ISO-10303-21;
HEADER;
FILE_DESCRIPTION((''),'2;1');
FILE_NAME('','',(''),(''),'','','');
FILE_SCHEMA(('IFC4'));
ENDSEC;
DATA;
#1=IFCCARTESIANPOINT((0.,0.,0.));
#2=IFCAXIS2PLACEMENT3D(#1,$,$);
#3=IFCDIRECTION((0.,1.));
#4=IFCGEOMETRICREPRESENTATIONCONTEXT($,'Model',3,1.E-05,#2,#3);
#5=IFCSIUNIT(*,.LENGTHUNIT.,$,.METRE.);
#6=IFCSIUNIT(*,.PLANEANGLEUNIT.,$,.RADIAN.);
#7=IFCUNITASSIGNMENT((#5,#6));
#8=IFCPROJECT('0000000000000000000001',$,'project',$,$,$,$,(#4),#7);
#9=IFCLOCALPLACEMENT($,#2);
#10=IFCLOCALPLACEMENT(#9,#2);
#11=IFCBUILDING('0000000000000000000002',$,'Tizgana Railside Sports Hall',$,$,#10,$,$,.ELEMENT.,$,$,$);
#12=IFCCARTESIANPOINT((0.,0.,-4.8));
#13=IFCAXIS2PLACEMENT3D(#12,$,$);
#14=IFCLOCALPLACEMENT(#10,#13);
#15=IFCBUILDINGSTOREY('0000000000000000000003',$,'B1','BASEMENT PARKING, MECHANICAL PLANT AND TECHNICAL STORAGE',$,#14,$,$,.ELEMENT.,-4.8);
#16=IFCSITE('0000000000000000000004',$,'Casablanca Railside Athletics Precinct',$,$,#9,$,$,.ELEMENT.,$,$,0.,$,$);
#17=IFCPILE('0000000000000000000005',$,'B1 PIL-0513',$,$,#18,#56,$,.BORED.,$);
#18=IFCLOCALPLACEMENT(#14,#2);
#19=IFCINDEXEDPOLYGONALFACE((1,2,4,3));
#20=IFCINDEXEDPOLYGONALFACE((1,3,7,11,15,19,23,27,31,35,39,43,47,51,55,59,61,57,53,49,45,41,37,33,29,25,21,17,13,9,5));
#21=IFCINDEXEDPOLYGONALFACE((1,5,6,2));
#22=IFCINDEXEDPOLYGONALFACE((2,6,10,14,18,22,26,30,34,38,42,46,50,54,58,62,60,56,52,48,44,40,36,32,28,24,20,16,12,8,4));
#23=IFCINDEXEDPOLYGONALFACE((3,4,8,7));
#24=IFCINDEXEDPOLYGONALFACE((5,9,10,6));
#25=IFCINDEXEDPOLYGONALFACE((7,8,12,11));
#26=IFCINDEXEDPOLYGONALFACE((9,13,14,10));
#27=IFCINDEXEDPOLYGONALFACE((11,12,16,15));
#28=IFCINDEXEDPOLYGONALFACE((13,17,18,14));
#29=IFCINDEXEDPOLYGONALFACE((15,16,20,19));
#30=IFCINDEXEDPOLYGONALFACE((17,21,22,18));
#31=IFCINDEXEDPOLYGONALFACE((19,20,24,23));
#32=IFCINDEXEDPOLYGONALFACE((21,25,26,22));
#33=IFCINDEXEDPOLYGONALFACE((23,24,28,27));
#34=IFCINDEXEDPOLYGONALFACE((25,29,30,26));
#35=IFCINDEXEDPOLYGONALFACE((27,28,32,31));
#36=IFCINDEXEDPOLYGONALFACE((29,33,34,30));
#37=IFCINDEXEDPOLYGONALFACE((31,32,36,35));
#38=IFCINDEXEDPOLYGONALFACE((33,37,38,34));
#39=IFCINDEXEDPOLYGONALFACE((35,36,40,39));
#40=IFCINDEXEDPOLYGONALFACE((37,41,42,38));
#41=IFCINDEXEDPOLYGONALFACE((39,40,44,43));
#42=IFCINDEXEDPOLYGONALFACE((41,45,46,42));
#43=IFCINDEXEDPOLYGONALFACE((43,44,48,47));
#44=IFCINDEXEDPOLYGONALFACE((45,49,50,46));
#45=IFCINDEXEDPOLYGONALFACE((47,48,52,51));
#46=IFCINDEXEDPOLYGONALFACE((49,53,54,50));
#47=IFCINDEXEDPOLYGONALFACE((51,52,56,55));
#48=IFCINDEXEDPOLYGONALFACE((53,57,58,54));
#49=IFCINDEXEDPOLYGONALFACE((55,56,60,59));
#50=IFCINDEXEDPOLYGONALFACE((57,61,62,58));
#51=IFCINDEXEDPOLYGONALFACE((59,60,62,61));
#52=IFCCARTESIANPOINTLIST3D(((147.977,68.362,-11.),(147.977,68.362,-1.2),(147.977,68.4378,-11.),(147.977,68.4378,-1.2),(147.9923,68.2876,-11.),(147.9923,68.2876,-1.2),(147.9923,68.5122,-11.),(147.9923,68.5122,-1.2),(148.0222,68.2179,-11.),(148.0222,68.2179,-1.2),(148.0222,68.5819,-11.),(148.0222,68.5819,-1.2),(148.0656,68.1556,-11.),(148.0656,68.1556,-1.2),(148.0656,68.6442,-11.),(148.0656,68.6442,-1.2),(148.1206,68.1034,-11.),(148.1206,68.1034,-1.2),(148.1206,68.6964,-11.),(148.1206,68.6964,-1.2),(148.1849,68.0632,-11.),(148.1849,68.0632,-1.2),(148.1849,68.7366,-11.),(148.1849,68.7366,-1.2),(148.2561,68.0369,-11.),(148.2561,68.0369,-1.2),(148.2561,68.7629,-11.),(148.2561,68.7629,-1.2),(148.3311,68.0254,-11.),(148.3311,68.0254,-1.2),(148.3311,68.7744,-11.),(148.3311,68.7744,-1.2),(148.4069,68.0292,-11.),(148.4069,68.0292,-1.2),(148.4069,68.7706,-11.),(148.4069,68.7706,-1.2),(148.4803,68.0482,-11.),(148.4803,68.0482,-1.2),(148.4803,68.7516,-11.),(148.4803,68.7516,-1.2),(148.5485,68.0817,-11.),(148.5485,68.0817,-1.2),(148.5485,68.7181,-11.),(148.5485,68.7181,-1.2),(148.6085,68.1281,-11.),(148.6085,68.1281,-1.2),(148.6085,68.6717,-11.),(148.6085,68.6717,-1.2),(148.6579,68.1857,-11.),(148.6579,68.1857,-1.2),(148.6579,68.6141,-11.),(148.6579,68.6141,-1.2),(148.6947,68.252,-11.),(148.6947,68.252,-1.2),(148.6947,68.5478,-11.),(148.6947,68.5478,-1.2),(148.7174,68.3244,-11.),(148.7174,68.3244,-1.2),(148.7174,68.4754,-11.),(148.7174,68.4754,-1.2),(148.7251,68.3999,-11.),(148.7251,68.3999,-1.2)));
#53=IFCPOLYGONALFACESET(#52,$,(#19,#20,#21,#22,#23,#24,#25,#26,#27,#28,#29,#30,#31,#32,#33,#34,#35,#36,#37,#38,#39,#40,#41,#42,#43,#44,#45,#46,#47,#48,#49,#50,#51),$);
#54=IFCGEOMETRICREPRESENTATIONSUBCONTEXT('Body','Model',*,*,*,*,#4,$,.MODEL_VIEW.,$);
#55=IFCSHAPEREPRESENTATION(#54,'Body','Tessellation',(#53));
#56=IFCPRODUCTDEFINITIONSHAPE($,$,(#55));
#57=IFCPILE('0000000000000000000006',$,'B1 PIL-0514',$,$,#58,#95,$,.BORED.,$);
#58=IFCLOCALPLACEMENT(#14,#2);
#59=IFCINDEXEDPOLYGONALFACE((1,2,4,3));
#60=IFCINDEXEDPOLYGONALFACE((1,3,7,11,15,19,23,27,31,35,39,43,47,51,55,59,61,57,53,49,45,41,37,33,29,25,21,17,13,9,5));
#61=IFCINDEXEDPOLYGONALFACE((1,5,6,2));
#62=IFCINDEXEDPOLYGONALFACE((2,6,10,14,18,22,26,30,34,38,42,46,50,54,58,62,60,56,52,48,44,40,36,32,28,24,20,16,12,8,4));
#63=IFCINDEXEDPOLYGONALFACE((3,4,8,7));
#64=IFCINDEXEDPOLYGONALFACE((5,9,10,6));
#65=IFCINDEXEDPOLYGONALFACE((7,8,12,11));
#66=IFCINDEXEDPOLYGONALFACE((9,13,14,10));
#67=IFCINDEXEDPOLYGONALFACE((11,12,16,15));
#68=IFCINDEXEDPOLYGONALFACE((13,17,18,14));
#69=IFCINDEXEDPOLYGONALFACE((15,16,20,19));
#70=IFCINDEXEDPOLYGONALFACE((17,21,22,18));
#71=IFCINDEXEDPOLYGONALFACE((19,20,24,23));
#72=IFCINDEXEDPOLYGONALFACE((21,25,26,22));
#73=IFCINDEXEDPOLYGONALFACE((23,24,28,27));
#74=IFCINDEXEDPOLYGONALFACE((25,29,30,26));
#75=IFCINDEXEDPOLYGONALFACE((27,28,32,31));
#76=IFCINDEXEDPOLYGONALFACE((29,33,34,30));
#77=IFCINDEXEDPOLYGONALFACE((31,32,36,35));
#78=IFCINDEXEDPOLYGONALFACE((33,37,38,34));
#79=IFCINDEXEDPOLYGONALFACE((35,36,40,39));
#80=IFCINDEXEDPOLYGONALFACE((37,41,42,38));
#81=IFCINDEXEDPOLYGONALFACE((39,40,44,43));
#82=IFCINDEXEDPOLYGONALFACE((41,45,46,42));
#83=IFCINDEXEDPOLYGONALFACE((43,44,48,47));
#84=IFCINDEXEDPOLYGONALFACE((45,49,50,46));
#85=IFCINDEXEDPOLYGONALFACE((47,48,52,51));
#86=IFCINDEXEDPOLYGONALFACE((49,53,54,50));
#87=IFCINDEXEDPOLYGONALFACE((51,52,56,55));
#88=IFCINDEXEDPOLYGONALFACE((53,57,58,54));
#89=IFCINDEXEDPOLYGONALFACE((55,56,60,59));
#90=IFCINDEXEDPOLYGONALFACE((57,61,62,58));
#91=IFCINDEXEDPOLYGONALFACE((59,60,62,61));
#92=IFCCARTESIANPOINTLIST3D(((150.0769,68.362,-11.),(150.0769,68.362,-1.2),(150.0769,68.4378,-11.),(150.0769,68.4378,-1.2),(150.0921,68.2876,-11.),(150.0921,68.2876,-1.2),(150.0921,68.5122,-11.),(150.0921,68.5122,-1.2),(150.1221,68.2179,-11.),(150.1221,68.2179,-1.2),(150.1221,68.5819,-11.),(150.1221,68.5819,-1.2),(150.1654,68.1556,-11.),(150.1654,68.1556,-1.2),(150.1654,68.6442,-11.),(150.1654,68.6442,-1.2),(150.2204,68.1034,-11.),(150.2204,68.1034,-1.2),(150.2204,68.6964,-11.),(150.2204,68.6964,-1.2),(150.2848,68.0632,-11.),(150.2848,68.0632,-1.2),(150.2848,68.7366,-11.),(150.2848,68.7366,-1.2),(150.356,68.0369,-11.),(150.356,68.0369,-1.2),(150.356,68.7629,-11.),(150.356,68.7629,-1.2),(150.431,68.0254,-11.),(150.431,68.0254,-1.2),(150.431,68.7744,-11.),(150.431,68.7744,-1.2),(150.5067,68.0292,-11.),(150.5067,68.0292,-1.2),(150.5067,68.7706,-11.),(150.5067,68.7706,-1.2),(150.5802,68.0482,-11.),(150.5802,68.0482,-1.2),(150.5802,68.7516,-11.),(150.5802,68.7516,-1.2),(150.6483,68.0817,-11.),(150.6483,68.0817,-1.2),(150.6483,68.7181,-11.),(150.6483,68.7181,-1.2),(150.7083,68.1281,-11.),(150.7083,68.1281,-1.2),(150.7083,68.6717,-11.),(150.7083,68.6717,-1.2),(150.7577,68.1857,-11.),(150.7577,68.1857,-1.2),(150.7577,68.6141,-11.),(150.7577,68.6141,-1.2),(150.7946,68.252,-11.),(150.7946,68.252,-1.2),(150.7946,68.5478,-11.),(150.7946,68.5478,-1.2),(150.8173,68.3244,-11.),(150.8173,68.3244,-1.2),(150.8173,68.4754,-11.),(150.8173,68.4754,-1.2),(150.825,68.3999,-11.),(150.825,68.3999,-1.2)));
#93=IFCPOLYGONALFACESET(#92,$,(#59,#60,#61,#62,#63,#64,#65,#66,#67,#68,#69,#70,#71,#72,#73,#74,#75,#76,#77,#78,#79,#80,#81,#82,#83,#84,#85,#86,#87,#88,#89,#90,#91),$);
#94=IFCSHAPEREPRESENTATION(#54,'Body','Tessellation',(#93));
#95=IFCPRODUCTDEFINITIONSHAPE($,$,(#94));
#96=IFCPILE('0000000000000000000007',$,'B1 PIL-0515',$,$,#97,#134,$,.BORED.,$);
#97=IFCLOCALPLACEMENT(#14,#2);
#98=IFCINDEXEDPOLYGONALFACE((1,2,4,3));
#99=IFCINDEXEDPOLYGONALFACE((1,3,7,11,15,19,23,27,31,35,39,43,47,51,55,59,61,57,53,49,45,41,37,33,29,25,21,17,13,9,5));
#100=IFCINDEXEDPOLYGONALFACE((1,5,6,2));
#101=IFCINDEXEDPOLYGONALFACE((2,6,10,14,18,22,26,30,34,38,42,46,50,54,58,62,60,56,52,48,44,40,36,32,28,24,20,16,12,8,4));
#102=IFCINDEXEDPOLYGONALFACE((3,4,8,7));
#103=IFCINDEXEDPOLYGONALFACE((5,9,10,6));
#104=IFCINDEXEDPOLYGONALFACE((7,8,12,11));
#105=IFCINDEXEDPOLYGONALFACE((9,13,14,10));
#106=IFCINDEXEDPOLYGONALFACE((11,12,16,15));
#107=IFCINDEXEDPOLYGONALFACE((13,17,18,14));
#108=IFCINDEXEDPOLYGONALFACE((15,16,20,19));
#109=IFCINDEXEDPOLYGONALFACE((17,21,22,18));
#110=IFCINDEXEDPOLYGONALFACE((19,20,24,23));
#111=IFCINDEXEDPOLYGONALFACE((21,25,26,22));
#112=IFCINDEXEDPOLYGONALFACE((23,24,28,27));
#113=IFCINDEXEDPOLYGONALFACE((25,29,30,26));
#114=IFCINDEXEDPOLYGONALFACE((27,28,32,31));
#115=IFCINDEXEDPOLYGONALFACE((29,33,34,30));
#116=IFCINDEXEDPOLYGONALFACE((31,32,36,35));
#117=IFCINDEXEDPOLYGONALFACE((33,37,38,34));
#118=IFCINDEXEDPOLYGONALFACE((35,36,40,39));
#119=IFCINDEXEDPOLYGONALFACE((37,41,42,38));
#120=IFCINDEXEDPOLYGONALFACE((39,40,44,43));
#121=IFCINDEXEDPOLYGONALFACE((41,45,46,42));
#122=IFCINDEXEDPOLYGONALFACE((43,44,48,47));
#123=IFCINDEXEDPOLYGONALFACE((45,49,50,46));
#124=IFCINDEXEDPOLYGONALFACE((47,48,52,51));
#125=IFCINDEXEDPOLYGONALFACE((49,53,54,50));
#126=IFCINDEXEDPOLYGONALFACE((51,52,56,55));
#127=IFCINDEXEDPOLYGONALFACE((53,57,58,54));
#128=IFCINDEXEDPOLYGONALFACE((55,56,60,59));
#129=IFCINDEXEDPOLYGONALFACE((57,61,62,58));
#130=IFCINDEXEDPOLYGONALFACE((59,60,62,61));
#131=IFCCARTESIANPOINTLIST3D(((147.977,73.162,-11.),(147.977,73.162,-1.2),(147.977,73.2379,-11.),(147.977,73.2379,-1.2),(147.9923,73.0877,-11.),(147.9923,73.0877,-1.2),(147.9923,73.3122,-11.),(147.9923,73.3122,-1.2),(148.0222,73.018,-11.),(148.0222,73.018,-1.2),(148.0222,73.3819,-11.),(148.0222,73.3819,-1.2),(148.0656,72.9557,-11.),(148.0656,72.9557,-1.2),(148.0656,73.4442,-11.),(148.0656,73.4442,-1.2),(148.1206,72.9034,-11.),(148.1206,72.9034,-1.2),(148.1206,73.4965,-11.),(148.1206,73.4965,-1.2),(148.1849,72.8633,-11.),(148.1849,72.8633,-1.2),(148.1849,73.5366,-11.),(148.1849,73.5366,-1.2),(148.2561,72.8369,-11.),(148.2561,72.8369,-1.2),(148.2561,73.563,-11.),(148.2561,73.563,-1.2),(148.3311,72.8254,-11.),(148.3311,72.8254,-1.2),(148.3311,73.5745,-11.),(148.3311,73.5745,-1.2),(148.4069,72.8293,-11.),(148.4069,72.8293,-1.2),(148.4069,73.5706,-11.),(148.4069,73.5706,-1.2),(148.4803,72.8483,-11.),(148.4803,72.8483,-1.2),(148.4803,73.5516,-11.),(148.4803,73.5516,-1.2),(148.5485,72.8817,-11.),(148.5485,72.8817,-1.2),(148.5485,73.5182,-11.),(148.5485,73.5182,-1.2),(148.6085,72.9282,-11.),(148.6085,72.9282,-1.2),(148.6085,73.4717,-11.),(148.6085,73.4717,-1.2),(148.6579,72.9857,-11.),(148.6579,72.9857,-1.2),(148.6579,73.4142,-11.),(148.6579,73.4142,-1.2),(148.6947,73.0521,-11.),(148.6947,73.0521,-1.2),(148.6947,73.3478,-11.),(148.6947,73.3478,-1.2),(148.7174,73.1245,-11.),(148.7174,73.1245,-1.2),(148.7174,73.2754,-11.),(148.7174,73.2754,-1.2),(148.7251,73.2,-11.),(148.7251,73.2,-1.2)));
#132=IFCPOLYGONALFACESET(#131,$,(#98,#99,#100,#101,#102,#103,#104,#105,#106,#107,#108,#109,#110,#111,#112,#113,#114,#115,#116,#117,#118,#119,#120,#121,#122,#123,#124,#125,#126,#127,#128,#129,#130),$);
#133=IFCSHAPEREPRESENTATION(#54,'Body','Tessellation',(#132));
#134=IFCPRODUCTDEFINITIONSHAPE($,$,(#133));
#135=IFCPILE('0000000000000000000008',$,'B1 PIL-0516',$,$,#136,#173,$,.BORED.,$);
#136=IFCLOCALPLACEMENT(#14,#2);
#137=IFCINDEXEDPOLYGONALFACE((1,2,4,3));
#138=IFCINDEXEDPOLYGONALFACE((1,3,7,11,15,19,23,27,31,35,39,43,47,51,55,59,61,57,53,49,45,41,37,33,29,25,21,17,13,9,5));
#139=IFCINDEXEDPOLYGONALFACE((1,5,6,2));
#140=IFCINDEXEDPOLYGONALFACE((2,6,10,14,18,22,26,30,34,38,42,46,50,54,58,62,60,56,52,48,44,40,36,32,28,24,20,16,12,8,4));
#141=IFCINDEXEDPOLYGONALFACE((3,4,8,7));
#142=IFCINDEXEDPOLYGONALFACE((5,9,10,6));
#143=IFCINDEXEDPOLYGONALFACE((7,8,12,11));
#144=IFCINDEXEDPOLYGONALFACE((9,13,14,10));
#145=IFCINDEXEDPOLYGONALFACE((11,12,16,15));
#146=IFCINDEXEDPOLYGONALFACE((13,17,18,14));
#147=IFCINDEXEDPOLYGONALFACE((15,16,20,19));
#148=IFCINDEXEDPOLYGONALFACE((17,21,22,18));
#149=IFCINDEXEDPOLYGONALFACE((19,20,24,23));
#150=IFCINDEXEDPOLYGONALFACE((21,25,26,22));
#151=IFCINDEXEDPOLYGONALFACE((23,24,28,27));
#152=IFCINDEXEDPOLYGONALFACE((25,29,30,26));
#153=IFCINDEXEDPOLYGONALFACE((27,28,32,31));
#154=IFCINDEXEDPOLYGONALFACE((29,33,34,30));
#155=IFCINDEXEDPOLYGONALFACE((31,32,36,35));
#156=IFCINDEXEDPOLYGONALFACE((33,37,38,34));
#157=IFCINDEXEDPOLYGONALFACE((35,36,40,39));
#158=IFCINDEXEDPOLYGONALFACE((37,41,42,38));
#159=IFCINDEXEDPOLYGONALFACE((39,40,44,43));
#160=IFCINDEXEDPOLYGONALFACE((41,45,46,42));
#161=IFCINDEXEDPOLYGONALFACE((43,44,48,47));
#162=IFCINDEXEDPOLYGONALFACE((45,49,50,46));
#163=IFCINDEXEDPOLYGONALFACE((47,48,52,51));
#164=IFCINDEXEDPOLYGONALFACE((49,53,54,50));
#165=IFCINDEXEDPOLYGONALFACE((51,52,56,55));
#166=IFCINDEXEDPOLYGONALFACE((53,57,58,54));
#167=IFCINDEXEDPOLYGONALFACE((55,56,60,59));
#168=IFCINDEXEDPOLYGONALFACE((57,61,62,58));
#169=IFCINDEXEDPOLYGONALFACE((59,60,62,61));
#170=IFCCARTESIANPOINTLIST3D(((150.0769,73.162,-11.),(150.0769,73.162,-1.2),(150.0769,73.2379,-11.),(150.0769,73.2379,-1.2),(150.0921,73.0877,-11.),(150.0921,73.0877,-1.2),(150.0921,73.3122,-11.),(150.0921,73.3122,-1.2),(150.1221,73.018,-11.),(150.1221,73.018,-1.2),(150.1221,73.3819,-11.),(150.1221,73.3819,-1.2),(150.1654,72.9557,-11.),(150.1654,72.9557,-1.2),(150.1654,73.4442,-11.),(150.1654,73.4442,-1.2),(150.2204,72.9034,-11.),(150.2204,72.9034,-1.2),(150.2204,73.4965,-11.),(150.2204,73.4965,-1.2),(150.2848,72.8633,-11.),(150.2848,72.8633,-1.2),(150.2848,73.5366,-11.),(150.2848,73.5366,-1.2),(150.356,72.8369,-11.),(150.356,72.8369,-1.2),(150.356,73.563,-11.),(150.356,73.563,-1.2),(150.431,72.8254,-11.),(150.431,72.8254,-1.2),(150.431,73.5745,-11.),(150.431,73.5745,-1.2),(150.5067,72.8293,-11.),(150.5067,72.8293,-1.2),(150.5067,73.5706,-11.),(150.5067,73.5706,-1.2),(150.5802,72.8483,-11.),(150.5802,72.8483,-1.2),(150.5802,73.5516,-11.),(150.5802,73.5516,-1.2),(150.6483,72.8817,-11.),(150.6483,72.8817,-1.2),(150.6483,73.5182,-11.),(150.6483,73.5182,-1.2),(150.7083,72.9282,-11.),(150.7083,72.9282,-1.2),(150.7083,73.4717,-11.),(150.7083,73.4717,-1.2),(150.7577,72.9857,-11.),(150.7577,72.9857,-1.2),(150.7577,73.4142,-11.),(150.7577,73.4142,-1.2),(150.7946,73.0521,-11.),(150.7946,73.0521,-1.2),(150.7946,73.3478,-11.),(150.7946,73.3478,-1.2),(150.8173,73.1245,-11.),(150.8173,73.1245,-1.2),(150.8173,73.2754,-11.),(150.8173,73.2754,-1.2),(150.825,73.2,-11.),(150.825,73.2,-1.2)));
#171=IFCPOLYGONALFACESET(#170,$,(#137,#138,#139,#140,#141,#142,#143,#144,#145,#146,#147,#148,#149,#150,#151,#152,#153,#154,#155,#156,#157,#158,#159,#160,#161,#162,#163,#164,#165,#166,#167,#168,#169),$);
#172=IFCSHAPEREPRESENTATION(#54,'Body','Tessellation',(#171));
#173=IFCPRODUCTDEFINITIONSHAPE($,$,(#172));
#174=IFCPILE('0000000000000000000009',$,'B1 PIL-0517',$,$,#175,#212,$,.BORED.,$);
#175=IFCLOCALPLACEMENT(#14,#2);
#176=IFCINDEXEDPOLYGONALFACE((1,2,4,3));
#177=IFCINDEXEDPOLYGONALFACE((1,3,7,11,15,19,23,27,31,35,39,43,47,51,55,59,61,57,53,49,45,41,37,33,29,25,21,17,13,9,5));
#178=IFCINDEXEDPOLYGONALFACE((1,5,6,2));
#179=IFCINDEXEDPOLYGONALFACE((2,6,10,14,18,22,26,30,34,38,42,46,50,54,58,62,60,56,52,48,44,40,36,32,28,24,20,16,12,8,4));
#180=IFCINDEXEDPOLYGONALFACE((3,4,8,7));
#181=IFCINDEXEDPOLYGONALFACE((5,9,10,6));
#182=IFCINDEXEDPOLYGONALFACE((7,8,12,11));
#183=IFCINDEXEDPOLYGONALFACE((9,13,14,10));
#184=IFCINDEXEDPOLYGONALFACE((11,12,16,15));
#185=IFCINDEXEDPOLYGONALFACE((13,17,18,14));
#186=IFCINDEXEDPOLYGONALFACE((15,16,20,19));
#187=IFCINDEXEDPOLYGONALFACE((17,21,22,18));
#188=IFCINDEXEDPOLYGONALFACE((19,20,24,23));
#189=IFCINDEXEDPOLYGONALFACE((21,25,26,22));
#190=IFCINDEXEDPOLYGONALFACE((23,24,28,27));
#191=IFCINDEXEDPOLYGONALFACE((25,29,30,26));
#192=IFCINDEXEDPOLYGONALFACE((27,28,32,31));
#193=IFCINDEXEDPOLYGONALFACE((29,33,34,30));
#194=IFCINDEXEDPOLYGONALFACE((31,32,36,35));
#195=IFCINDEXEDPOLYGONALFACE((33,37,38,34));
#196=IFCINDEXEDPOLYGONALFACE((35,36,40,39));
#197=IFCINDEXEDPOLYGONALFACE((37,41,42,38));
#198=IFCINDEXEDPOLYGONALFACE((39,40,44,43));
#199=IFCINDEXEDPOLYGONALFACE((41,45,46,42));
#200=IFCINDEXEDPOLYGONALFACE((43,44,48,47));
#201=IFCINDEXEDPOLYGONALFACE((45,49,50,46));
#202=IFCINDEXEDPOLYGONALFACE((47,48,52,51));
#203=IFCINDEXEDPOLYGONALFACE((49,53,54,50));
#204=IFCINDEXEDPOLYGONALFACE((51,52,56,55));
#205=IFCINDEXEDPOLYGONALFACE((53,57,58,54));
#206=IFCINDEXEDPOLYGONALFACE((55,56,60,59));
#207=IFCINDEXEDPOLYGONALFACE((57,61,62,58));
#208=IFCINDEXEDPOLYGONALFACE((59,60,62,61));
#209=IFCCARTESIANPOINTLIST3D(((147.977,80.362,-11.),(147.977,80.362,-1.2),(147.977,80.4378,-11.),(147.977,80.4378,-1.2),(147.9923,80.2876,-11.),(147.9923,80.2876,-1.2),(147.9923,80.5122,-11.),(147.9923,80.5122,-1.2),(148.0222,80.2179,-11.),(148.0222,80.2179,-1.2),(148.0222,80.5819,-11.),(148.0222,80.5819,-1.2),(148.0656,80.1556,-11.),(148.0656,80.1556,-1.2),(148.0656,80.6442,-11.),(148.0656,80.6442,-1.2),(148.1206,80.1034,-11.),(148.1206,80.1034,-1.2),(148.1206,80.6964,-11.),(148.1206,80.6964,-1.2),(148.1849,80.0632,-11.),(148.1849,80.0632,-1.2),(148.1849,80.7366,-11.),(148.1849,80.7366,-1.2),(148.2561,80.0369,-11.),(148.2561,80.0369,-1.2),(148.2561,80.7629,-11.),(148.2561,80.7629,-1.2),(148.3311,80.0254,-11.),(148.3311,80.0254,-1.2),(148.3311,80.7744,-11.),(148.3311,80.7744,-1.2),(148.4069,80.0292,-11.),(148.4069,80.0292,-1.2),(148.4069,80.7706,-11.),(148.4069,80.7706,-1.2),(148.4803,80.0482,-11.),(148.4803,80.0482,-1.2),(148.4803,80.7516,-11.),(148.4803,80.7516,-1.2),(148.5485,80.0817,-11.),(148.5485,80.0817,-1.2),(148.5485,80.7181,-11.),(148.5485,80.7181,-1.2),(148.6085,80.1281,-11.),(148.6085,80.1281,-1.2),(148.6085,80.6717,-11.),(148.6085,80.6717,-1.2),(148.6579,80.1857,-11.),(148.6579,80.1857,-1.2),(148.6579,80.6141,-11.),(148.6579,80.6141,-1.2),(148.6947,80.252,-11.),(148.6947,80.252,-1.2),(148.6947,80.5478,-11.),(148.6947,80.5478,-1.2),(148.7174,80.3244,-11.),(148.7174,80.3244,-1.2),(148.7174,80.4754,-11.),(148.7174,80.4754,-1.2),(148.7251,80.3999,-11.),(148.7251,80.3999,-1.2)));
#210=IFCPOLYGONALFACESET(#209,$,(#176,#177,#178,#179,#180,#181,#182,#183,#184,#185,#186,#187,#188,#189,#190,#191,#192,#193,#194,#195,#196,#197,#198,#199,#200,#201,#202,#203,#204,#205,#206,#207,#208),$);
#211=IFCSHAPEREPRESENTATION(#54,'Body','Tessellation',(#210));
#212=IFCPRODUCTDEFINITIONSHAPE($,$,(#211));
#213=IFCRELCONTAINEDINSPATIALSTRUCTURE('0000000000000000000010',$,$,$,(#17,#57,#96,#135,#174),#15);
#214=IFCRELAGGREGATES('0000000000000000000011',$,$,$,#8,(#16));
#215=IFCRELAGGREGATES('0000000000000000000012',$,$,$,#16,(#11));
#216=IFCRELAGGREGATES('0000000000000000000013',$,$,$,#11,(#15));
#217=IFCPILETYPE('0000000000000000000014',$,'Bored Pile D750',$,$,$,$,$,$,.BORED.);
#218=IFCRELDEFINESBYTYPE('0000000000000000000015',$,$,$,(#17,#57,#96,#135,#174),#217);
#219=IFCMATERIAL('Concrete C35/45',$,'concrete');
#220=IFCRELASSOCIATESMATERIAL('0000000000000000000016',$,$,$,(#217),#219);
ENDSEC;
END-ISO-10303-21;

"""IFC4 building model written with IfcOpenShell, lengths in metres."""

from ifc_helpers import new_model, si_unit, direction, frame, origin, origin_2d, place, context, subcontext, project, spatial, circle, extrude, material, material_profile, profile_set, type_object, element, save


model = new_model("IFC4")

# Units and contexts
model_context = context("Model", 3, precision=1e-05, world=origin(), true_north=direction((0.0, 1.0)))
body_context = subcontext(model_context, "Body", "Model", "MODEL_VIEW")
ifc_project = project(units=[si_unit("LENGTHUNIT", "METRE"), si_unit("PLANEANGLEUNIT", "RADIAN")], contexts=[model_context])

# Site, building, storey
site_placement = place(None, origin())
site = spatial("IfcSite", under=ifc_project, at=site_placement, Name="Casablanca Railside Athletics Precinct", CompositionType="ELEMENT", RefElevation=0.0)
building_placement = place(site_placement, origin())
building = spatial("IfcBuilding", under=site, at=building_placement, Name="Tizgana Railside Sports Hall", CompositionType="ELEMENT")
storey_placement = place(building_placement, frame((0.0, 0.0, -4.8)))
storey = spatial("IfcBuildingStorey", under=building, at=storey_placement, Name="B1", Description="BASEMENT PARKING, MECHANICAL PLANT AND TECHNICAL STORAGE", CompositionType="ELEMENT", Elevation=-4.8)

# Piles
ifc_material_1 = material(Name="Concrete C35/45", Category="concrete")
ifc_material_profile_1 = material_profile(ifc_material_1, circle(Radius=0.375, at=origin_2d()), Name="PILE D750")
ifc_profile_set_1 = profile_set([ifc_material_profile_1], Name="Concrete C35/45")
pile_type = type_object("IfcPileType", Name="Bored Pile D750", PredefinedType="BORED", material=ifc_profile_set_1)
for number, where, z_axis, x_axis, name in (
    (1, (148.3501, 68.3999, -1.2), (0.0, 0.0, -1.0), (1.0, 0.0, 0.0), "B1 PIL-0513"),
    (2, (150.45, 68.3999, -1.2), (0.0, 0.0, -1.0), (1.0, 0.0, 0.0), "B1 PIL-0514"),
    (3, (148.3501, 73.2, -1.2), (0.0, 0.0, -1.0), (1.0, 0.0, 0.0), "B1 PIL-0515"),
    (4, (150.45, 73.2, -1.2), (0.0, 0.0, -1.0), (1.0, 0.0, 0.0), "B1 PIL-0516"),
    (5, (148.3501, 80.3999, -1.2), (0.0, 0.0, -1.0), (1.0, 0.0, 0.0), "B1 PIL-0517"),
):
    element("IfcPile", number, at=place(storey_placement, frame(where, z_axis=z_axis, x_axis=x_axis)), inside=storey, type_object=pile_type, Name=name, PredefinedType="BORED", context=body_context, shape_type="SweptSolid", body=[
        extrude(circle(Radius=0.375, at=origin_2d()), origin(), (0.0, 0.0, 1.0), 9.8),
    ])

save(model, "model.ifc")
